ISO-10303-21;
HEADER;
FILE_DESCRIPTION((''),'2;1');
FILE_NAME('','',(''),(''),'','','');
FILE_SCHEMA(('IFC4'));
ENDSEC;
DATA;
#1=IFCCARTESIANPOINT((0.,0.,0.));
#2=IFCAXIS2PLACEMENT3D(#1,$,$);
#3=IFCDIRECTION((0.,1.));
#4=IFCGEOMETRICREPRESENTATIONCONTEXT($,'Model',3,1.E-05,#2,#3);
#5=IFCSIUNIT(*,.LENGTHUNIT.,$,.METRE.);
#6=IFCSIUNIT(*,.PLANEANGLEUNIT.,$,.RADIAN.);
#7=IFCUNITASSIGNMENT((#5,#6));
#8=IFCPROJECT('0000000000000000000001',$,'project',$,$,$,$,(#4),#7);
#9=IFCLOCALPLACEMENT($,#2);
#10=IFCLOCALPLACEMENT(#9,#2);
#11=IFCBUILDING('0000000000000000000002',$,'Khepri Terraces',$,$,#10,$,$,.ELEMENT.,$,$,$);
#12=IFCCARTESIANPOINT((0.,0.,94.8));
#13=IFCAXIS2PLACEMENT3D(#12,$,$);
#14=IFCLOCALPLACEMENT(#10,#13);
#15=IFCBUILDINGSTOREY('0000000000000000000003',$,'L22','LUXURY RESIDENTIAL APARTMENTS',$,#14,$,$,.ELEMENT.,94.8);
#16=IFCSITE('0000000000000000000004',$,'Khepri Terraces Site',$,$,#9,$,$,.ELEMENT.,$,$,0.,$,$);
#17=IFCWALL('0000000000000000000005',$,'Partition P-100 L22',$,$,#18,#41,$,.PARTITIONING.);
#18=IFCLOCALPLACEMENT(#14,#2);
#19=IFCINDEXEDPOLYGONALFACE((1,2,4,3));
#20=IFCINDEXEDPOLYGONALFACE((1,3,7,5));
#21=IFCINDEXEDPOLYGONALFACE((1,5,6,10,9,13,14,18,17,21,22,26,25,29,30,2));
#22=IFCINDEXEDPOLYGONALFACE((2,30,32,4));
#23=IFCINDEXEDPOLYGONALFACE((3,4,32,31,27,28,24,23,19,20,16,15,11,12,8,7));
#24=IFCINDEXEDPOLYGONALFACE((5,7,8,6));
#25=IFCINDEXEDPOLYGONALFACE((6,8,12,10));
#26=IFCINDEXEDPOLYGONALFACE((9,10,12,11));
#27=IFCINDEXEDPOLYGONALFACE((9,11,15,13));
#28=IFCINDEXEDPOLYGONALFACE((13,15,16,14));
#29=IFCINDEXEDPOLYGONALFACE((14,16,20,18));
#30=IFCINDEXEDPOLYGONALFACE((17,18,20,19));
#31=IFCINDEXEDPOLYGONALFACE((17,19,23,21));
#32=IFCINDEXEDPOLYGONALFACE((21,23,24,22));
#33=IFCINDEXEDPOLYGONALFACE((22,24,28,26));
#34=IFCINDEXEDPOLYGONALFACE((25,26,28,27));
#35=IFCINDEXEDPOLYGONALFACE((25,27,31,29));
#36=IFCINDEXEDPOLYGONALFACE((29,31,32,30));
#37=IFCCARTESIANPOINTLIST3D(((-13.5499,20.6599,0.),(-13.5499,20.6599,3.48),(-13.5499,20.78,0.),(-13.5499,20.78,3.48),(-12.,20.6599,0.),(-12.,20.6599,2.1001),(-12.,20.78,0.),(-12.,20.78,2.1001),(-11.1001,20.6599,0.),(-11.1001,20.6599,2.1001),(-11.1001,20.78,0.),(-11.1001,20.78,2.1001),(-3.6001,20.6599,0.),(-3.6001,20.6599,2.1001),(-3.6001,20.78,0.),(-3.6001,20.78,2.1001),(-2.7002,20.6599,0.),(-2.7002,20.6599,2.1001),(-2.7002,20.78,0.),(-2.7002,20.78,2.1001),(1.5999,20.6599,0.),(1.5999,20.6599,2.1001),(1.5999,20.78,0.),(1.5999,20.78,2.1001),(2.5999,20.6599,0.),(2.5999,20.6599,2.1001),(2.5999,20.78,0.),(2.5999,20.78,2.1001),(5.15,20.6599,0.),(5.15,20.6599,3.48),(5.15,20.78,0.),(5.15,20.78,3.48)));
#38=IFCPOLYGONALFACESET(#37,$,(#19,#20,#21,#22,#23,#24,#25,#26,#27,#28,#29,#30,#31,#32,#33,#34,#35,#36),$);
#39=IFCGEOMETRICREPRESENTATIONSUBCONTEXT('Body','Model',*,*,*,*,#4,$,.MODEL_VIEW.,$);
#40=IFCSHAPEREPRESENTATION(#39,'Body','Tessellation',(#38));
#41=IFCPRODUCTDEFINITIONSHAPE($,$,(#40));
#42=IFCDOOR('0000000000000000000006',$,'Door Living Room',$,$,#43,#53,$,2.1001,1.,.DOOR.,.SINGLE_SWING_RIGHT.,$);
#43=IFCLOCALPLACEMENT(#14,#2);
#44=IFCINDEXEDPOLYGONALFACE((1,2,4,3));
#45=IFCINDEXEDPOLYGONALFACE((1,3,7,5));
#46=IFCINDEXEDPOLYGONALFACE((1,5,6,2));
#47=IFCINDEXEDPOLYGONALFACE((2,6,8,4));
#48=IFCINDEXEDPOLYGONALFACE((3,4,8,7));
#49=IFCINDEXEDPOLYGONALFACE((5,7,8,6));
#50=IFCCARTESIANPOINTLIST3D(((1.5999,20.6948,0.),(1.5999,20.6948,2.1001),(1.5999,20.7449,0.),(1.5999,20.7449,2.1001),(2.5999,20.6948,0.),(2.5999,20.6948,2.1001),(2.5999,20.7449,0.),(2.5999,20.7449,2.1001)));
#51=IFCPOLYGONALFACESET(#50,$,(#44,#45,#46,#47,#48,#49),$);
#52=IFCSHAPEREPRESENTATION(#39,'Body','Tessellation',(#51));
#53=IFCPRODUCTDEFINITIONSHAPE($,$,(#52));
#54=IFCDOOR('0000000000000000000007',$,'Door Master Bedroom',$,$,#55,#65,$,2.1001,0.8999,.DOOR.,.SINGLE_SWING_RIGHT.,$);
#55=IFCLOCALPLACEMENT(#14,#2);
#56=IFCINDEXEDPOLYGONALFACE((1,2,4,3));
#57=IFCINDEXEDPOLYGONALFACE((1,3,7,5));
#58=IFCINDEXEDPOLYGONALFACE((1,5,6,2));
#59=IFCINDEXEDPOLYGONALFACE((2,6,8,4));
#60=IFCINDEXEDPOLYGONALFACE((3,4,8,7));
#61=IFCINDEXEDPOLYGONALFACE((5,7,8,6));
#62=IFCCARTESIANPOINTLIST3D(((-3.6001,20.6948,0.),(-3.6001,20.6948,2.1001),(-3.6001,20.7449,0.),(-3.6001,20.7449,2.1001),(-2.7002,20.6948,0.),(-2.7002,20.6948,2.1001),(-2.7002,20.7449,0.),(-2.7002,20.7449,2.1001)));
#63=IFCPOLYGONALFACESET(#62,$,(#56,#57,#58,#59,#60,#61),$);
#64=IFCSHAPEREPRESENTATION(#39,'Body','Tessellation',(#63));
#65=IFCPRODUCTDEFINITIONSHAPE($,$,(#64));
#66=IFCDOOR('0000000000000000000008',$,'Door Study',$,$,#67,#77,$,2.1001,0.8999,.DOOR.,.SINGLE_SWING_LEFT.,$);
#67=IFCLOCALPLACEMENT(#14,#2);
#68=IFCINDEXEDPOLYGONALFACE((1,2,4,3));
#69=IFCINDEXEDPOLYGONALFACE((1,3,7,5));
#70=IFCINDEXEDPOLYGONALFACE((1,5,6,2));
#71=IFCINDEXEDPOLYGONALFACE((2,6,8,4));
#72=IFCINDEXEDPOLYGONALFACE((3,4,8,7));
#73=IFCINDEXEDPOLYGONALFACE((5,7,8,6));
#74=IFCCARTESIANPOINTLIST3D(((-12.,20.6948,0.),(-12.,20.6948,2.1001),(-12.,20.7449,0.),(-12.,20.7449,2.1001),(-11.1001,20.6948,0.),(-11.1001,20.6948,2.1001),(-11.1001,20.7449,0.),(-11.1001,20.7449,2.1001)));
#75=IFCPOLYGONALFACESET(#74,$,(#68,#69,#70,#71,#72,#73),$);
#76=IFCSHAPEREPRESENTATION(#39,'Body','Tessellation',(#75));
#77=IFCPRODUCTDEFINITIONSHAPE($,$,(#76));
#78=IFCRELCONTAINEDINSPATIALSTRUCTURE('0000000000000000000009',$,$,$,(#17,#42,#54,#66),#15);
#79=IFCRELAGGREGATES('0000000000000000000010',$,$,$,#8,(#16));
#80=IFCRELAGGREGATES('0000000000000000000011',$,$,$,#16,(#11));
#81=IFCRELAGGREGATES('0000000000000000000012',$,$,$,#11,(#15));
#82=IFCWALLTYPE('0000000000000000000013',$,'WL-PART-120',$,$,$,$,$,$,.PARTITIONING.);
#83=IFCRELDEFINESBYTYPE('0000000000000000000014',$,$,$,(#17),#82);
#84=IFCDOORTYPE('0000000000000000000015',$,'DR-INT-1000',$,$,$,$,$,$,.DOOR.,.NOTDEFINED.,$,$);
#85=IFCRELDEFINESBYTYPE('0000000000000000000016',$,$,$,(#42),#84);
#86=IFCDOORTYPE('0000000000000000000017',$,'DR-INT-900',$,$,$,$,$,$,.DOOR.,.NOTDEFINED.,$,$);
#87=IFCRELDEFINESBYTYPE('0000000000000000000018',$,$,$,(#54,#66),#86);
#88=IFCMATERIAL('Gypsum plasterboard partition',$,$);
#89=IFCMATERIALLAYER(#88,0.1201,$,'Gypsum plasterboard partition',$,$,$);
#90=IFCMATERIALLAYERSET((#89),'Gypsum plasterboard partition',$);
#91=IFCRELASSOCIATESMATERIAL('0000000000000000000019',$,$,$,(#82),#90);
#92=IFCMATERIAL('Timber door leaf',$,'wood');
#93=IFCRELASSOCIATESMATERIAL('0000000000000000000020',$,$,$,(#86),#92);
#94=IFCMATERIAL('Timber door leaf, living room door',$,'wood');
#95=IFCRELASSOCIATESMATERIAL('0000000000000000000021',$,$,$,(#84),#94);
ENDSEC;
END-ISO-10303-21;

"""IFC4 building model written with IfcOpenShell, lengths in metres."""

from ifc_helpers import new_model, si_unit, direction, frame, frame_2d, origin, place, context, subcontext, project, spatial, rectangle, extrude, material, layer, layer_set, type_object, element, fill, save


model = new_model("IFC4")

# Units and contexts
model_context = context("Model", 3, precision=1e-05, world=origin(), true_north=direction((0.0, 1.0)))
body_context = subcontext(model_context, "Body", "Model", "MODEL_VIEW")
ifc_project = project(units=[si_unit("LENGTHUNIT", "METRE"), si_unit("PLANEANGLEUNIT", "RADIAN")], contexts=[model_context])

# Site, building, storey
site_placement = place(None, origin())
site = spatial("IfcSite", under=ifc_project, at=site_placement, Name="Khepri Terraces Site", CompositionType="ELEMENT", RefElevation=0.0)
building_placement = place(site_placement, origin())
building = spatial("IfcBuilding", under=site, at=building_placement, Name="Khepri Terraces", CompositionType="ELEMENT")
storey_placement = place(building_placement, frame((0.0, 0.0, 94.8)))
storey = spatial("IfcBuildingStorey", under=building, at=storey_placement, Name="L22", Description="LUXURY RESIDENTIAL APARTMENTS", CompositionType="ELEMENT", Elevation=94.8)

# Shared definitions
ifc_material_1 = material(Name="Gypsum plasterboard partition")
ifc_layer_1 = layer(ifc_material_1, 0.1201, Name="Gypsum plasterboard partition")
ifc_layer_set_1 = layer_set([ifc_layer_1], Name="Gypsum plasterboard partition")
wall_type_1 = type_object("IfcWallType", Name="WL-PART-120", PredefinedType="PARTITIONING", material=ifc_layer_set_1)

# Shared definitions
ifc_material_2 = material(Name="Timber door leaf", Category="wood")
door_type_1 = type_object("IfcDoorType", Name="DR-INT-900", OperationType="NOTDEFINED", PredefinedType="DOOR", material=ifc_material_2)

# Wall, openings, doors
wall_1_placement = place(storey_placement, frame((-13.55, 20.72, 0.0), z_axis=(0.0, 0.0, 1.0), x_axis=(1.0, 0.0, 0.0)))
wall_1 = element("IfcWall", 1, at=wall_1_placement, inside=storey, type_object=wall_type_1, Name="Partition P-100 L22", PredefinedType="PARTITIONING", context=body_context, shape_type="SweptSolid", body=[
    extrude(rectangle(XDim=18.7, YDim=0.1201, at=frame_2d((9.3501, 0.0))), origin(), (0.0, 0.0, 1.0), 3.48),
])
opening_1_placement = place(wall_1_placement, frame((15.1499, 0.0, 0.0)))
opening_1 = element("IfcOpeningElement", 2, at=opening_1_placement, cuts=wall_1, PredefinedType="OPENING", context=body_context, shape_type="SweptSolid", body=[
    extrude(rectangle(XDim=1.0, YDim=2.1001, at=frame_2d((0.5, 1.05))), frame((0.0, 0.0701, 0.0), z_axis=(0.0, -1.0, 0.0), x_axis=(1.0, 0.0, 0.0)), (0.0, 0.0, 1.0), 0.1401),
])
opening_2_placement = place(wall_1_placement, frame((9.95, 0.0, 0.0)))
opening_2 = element("IfcOpeningElement", 3, at=opening_2_placement, cuts=wall_1, PredefinedType="OPENING", context=body_context, shape_type="SweptSolid", body=[
    extrude(rectangle(XDim=0.8999, YDim=2.1001, at=frame_2d((0.45, 1.05))), frame((0.0, 0.0701, 0.0), z_axis=(0.0, -1.0, 0.0), x_axis=(1.0, 0.0, 0.0)), (0.0, 0.0, 1.0), 0.1401),
])
opening_3_placement = place(wall_1_placement, frame((1.55, 0.0, 0.0)))
opening_3 = element("IfcOpeningElement", 4, at=opening_3_placement, cuts=wall_1, PredefinedType="OPENING", context=body_context, shape_type="SweptSolid", body=[
    extrude(rectangle(XDim=0.8999, YDim=2.1001, at=frame_2d((0.45, 1.05))), frame((0.0, 0.0701, 0.0), z_axis=(0.0, -1.0, 0.0), x_axis=(1.0, 0.0, 0.0)), (0.0, 0.0, 1.0), 0.1401),
])
ifc_material_3 = material(Name="Timber door leaf, living room door", Category="wood")
door_type_2 = type_object("IfcDoorType", Name="DR-INT-1000", OperationType="NOTDEFINED", PredefinedType="DOOR", material=ifc_material_3)
door_1_placement = place(opening_1_placement, origin())
door_1 = element("IfcDoor", 5, at=door_1_placement, inside=storey, type_object=door_type_2, Name="Door Living Room", OperationType="SINGLE_SWING_RIGHT", OverallHeight=2.1001, OverallWidth=1.0, PredefinedType="DOOR", context=body_context, shape_type="SweptSolid", body=[
    extrude(rectangle(XDim=1.0, YDim=2.1001, at=frame_2d((0.5, 1.05))), frame((0.0, 0.0249, 0.0), z_axis=(0.0, -1.0, 0.0), x_axis=(1.0, 0.0, 0.0)), (0.0, 0.0, 1.0), 0.05),
])
fill(opening_1, door_1)
door_2_placement = place(opening_2_placement, origin())
door_2 = element("IfcDoor", 6, at=door_2_placement, inside=storey, type_object=door_type_1, Name="Door Master Bedroom", OperationType="SINGLE_SWING_RIGHT", OverallHeight=2.1001, OverallWidth=0.8999, PredefinedType="DOOR", context=body_context, shape_type="SweptSolid", body=[
    extrude(rectangle(XDim=0.8999, YDim=2.1001, at=frame_2d((0.45, 1.05))), frame((0.0, 0.0249, 0.0), z_axis=(0.0, -1.0, 0.0), x_axis=(1.0, 0.0, 0.0)), (0.0, 0.0, 1.0), 0.05),
])
fill(opening_2, door_2)
door_3_placement = place(opening_3_placement, origin())
door_3 = element("IfcDoor", 7, at=door_3_placement, inside=storey, type_object=door_type_1, Name="Door Study", OperationType="SINGLE_SWING_LEFT", OverallHeight=2.1001, OverallWidth=0.8999, PredefinedType="DOOR", context=body_context, shape_type="SweptSolid", body=[
    extrude(rectangle(XDim=0.8999, YDim=2.1001, at=frame_2d((0.45, 1.05))), frame((0.0, 0.0249, 0.0), z_axis=(0.0, -1.0, 0.0), x_axis=(1.0, 0.0, 0.0)), (0.0, 0.0, 1.0), 0.05),
])
fill(opening_3, door_3)

save(model, "model.ifc")
